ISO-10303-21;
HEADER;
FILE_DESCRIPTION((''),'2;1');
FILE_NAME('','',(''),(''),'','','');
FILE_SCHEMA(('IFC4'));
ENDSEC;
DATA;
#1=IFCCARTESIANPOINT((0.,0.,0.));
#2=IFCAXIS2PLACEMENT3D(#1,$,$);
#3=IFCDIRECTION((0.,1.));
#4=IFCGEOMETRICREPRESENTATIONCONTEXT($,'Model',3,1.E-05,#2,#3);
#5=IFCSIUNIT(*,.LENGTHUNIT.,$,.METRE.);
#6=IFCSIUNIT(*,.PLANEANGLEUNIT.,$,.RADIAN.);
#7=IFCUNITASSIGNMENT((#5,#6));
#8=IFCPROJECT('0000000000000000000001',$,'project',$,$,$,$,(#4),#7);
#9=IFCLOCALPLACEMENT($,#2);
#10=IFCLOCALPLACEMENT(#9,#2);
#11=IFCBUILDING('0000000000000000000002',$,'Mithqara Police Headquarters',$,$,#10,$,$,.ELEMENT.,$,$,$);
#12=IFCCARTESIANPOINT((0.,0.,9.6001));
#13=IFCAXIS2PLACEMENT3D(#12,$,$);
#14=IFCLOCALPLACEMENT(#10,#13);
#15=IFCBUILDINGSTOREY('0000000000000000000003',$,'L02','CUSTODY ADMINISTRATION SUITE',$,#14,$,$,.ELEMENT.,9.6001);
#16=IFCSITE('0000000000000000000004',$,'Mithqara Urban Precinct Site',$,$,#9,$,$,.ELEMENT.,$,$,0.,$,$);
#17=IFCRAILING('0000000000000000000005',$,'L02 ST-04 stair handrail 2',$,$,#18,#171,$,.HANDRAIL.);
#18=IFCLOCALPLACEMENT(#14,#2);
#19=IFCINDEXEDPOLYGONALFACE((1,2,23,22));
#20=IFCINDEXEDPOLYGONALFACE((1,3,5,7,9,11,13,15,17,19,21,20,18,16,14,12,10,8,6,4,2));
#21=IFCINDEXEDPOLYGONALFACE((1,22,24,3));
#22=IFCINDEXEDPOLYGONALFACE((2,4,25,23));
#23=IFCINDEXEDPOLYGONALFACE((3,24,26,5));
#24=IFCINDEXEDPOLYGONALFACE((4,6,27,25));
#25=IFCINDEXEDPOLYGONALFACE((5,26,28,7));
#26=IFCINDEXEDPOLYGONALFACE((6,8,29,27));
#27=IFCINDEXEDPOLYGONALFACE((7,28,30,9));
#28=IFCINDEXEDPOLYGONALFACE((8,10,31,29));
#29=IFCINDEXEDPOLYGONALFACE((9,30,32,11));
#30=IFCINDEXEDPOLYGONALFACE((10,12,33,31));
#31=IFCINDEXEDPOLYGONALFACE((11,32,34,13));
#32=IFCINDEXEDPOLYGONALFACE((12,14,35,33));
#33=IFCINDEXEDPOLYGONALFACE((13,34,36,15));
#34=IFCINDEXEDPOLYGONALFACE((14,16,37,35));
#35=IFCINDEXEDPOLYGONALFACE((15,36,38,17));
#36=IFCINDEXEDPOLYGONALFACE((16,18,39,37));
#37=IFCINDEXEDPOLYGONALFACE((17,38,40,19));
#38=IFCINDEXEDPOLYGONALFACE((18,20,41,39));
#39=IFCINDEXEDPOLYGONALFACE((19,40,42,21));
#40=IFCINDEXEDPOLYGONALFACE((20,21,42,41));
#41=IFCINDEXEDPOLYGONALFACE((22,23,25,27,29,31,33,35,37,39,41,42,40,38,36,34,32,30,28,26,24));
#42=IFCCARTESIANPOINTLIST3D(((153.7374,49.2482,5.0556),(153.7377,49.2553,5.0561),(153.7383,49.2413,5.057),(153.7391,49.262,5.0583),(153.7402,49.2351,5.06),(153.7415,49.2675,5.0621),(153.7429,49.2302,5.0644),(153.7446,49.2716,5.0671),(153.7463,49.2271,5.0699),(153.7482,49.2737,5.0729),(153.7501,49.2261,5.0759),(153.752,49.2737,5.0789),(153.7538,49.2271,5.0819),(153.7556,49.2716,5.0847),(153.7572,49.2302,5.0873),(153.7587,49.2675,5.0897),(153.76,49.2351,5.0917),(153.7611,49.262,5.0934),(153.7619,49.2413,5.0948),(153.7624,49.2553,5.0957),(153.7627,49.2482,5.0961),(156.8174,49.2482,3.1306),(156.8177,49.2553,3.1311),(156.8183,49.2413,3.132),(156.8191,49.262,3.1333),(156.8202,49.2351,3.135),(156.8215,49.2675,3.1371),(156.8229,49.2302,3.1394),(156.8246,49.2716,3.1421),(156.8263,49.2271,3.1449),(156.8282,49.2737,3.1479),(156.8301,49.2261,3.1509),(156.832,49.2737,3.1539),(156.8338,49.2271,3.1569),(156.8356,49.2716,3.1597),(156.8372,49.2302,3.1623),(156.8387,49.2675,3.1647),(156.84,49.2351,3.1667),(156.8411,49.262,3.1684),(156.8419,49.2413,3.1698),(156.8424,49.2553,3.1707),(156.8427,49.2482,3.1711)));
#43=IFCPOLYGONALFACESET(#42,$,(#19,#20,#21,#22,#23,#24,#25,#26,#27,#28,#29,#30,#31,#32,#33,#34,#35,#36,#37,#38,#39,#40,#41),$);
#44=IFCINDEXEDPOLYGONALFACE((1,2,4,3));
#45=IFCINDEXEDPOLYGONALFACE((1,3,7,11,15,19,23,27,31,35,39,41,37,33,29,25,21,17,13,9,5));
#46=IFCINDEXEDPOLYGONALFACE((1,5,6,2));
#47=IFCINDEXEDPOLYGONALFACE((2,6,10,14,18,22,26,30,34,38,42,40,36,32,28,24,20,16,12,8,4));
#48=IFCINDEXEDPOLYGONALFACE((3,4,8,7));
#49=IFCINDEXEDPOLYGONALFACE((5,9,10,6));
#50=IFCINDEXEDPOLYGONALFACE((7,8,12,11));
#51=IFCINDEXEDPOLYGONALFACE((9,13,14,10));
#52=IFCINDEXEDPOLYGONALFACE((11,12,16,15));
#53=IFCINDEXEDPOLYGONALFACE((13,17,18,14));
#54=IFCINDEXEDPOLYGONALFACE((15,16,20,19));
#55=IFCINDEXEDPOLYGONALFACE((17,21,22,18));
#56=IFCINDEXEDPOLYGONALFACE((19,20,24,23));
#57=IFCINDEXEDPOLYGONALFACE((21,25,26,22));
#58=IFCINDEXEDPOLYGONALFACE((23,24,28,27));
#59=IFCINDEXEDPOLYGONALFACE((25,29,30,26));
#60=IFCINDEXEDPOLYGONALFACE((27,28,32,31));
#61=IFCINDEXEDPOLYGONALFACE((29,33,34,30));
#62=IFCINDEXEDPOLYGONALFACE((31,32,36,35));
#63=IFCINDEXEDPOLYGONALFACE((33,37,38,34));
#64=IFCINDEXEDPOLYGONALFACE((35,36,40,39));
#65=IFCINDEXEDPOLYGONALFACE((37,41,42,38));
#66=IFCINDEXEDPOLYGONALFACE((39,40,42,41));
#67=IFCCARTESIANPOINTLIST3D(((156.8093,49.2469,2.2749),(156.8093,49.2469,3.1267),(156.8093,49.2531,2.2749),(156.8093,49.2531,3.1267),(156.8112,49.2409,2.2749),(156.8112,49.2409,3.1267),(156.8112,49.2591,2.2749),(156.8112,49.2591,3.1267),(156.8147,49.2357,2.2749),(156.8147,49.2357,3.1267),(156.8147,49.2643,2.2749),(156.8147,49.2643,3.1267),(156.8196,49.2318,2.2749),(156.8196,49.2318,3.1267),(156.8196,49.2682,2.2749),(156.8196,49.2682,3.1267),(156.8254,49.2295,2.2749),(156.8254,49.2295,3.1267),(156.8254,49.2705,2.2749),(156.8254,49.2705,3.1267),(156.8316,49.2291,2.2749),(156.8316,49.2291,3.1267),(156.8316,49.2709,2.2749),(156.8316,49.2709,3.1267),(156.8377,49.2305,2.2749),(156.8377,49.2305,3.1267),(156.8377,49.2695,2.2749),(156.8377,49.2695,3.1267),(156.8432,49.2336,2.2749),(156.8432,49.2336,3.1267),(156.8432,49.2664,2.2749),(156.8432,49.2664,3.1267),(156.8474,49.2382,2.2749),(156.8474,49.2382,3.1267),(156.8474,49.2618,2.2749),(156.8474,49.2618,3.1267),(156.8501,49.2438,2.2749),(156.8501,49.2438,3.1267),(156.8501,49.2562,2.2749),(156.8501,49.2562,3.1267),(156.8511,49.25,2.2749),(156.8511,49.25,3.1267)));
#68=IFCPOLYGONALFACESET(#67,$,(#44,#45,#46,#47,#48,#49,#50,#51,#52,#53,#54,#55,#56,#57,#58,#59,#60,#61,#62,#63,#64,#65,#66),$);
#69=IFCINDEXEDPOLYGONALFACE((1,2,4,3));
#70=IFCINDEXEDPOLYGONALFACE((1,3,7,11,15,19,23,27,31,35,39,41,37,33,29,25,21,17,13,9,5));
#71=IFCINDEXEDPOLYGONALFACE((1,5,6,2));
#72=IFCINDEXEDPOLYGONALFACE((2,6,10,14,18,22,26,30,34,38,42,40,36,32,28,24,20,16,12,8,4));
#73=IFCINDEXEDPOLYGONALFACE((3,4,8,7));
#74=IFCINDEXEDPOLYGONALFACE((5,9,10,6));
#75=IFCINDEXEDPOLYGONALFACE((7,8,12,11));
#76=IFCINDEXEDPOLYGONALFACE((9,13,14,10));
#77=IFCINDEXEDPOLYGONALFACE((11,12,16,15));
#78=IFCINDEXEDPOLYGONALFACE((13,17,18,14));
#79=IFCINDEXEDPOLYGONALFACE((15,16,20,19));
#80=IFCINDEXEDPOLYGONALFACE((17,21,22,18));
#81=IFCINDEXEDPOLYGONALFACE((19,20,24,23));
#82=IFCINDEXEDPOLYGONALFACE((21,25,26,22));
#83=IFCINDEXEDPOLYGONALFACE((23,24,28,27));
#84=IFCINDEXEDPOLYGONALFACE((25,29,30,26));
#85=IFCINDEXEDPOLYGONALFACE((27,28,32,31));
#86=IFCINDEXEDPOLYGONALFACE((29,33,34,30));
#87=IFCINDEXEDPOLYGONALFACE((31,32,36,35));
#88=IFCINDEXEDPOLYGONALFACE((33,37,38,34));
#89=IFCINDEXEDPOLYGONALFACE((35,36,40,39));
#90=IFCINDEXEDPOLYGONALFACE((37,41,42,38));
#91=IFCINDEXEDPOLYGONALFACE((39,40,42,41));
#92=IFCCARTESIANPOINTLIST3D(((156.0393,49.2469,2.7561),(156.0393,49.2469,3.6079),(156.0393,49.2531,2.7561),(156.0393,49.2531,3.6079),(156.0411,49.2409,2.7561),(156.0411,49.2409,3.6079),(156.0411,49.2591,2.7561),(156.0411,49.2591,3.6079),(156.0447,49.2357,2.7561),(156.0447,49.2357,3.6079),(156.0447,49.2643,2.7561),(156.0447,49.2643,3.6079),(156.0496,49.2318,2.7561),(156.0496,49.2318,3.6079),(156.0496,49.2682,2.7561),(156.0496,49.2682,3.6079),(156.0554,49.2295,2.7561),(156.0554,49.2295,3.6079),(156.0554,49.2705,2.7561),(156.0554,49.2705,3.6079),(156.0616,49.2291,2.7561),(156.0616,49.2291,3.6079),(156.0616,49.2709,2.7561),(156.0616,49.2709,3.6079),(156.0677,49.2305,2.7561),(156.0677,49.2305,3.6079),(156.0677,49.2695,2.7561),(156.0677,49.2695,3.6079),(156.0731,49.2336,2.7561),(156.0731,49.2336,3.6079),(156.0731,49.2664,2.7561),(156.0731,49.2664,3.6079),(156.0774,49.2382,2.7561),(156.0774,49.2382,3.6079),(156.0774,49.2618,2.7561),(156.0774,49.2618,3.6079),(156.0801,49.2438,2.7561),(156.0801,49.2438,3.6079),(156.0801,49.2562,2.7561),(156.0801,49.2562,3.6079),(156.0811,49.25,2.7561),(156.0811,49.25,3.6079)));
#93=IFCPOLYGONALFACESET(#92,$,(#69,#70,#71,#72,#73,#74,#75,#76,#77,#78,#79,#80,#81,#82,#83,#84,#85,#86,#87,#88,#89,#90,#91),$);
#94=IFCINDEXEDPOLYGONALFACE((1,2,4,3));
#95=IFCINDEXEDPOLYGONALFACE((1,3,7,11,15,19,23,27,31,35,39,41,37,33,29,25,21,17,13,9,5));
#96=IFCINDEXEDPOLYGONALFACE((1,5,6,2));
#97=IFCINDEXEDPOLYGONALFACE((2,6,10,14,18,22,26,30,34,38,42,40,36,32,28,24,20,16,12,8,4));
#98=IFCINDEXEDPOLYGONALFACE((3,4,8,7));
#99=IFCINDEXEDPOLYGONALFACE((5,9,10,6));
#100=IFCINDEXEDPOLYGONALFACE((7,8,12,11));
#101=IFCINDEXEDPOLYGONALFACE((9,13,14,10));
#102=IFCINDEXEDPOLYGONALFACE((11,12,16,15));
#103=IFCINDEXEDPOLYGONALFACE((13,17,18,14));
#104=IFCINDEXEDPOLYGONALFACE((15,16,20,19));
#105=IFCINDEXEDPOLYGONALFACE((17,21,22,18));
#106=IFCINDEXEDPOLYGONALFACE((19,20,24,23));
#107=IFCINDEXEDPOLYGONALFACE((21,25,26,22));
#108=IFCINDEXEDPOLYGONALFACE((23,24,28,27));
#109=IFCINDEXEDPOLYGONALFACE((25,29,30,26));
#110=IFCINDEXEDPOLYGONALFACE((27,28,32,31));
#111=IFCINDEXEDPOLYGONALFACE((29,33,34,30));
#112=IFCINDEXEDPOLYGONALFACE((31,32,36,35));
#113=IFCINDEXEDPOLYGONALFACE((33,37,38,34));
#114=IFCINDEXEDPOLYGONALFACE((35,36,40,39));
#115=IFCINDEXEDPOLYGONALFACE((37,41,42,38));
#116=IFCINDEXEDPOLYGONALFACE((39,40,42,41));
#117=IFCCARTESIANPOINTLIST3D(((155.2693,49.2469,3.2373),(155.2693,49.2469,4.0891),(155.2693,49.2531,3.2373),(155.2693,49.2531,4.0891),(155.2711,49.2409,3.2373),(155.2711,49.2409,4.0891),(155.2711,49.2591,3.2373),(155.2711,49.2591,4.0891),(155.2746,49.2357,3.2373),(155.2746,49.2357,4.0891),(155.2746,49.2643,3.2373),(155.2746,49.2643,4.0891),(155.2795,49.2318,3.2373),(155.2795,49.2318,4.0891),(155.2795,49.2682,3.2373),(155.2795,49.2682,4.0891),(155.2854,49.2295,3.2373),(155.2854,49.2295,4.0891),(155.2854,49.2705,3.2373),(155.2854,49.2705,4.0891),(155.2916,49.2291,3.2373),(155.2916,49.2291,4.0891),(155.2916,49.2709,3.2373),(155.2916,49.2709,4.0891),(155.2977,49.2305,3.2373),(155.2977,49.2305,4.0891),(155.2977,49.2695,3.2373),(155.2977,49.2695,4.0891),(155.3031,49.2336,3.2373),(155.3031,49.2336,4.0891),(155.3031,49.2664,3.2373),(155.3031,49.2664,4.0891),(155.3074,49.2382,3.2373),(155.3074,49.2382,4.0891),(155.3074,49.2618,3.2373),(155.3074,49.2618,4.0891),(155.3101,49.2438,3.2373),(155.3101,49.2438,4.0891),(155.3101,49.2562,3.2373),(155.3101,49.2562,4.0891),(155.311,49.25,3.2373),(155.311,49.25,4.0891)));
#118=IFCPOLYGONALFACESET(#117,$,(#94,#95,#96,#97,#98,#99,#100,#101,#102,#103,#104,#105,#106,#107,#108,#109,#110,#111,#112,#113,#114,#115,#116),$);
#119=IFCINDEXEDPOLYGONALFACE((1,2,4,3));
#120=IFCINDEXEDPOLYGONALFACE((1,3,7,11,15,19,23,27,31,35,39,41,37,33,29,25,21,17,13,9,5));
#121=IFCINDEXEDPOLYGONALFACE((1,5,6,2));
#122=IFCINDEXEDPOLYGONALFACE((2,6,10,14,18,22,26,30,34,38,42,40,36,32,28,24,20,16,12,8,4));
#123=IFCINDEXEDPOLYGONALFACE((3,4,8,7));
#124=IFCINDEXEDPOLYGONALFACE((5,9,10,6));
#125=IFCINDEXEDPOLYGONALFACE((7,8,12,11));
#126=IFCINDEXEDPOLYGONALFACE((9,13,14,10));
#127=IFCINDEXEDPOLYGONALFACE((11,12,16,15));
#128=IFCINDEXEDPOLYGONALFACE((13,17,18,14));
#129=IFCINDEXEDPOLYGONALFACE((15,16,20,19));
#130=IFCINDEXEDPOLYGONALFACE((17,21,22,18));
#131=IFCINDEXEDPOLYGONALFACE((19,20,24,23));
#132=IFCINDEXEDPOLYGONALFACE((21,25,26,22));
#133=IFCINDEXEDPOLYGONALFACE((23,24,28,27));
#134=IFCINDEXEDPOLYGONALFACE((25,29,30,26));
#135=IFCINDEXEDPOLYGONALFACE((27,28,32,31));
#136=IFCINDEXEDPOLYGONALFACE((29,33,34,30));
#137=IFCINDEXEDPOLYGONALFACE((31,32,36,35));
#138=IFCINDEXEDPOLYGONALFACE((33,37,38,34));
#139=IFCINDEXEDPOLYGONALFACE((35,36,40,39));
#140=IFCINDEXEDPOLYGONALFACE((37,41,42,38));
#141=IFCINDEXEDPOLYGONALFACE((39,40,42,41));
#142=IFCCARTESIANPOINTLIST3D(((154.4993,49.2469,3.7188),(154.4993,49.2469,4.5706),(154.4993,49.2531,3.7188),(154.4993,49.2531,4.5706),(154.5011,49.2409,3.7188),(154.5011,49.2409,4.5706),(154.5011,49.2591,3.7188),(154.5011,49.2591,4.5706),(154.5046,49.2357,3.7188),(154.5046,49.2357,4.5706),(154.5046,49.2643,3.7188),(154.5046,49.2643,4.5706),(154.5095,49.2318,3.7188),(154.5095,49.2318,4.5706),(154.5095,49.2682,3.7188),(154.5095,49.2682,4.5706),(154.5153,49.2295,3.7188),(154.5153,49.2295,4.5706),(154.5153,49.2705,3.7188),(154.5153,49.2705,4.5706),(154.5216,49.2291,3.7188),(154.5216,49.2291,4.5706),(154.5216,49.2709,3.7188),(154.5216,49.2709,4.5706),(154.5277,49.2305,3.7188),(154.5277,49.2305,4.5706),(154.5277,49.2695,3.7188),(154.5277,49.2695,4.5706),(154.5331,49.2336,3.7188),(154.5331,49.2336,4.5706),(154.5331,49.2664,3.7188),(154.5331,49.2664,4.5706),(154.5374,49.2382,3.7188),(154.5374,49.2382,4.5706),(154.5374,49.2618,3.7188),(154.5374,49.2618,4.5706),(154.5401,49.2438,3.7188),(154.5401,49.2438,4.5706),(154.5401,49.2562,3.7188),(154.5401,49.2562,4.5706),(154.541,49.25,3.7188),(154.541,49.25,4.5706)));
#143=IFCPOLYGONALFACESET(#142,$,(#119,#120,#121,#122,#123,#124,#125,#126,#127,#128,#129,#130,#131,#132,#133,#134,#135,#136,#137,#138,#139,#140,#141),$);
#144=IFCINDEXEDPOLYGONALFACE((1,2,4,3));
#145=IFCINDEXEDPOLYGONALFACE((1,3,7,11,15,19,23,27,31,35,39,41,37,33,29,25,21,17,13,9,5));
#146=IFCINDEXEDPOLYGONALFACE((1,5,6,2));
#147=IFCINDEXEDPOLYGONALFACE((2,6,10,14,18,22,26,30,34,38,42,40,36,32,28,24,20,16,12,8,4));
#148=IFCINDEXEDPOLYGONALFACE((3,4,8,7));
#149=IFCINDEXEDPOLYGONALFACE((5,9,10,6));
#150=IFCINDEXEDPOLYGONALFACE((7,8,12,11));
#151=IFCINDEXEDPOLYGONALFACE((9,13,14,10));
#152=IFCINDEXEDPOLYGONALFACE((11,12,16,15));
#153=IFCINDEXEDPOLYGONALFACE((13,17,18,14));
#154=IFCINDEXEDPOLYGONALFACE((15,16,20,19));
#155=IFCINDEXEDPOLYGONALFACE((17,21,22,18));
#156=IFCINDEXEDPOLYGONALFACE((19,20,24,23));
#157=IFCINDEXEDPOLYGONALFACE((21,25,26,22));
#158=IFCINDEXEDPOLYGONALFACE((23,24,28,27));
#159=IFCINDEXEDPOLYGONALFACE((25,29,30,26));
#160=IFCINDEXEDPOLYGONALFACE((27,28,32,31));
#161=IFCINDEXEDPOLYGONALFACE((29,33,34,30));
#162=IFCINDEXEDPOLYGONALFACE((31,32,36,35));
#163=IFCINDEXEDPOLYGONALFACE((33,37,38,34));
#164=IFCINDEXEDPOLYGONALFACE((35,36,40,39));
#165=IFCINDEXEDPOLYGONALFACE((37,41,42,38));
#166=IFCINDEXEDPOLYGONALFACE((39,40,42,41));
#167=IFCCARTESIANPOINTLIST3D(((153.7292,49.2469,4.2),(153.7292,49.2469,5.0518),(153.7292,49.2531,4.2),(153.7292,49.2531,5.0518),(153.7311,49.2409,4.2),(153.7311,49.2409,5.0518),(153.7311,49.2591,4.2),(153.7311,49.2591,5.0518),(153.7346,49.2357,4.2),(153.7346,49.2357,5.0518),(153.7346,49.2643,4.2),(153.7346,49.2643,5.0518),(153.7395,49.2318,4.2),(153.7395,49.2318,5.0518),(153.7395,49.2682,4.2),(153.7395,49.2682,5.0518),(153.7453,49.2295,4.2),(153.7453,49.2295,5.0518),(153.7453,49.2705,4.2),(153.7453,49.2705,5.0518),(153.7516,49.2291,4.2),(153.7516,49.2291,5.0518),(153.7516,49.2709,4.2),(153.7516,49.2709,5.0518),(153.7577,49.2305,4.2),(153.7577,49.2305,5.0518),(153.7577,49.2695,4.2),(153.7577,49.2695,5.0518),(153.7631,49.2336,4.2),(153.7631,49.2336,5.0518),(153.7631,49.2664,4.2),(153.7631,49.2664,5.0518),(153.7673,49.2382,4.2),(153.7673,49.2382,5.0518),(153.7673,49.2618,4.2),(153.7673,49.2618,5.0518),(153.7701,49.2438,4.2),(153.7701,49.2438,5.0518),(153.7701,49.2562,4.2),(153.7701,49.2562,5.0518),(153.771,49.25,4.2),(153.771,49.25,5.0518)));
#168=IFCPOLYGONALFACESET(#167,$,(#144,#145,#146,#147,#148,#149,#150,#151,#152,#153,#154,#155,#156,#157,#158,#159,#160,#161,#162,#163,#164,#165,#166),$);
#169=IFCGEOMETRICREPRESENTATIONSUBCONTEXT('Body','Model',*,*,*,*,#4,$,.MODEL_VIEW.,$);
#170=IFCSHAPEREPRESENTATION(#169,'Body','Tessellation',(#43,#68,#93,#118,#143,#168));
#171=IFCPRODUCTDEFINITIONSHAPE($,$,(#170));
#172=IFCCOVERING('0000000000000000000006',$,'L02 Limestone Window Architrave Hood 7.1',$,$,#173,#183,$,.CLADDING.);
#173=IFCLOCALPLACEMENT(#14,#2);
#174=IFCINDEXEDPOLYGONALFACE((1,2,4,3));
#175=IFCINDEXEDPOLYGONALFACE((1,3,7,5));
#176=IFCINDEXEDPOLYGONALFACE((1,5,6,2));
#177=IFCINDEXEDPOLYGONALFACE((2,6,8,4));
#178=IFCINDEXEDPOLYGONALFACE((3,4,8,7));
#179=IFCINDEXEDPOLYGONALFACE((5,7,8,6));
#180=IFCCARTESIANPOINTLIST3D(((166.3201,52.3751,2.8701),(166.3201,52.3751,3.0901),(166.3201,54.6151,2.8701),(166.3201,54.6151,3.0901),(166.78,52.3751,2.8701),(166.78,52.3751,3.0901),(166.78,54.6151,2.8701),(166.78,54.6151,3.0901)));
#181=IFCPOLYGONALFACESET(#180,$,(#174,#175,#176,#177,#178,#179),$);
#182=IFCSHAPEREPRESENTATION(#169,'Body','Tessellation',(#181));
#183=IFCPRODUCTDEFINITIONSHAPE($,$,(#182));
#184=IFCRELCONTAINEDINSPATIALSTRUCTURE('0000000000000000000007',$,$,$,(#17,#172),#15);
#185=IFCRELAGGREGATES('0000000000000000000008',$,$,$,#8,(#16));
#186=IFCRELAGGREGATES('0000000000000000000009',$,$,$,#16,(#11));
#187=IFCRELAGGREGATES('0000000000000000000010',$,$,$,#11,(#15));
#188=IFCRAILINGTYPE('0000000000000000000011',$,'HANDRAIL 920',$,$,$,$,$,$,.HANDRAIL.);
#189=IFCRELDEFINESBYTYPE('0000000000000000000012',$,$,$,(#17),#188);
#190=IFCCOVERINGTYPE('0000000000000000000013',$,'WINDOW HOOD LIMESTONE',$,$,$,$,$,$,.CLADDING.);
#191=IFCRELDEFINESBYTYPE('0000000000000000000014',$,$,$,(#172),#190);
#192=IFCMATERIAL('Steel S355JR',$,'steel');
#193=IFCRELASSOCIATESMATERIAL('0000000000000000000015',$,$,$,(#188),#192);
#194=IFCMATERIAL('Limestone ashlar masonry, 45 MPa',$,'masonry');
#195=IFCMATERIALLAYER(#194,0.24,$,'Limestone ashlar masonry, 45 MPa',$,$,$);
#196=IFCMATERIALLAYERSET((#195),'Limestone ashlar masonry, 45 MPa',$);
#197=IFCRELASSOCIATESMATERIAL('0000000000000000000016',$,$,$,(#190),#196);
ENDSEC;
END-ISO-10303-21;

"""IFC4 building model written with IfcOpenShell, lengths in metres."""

from ifc_helpers import new_model, si_unit, direction, frame, origin, origin_2d, place, context, subcontext, project, spatial, rectangle, circle, extrude, material, layer, layer_set, type_object, element, save


model = new_model("IFC4")

# Units and contexts
model_context = context("Model", 3, precision=1e-05, world=origin(), true_north=direction((0.0, 1.0)))
body_context = subcontext(model_context, "Body", "Model", "MODEL_VIEW")
ifc_project = project(units=[si_unit("LENGTHUNIT", "METRE"), si_unit("PLANEANGLEUNIT", "RADIAN")], contexts=[model_context])

# Site, building, storey
site_placement = place(None, origin())
site = spatial("IfcSite", under=ifc_project, at=site_placement, Name="Mithqara Urban Precinct Site", CompositionType="ELEMENT", RefElevation=0.0)
building_placement = place(site_placement, origin())
building = spatial("IfcBuilding", under=site, at=building_placement, Name="Mithqara Police Headquarters", CompositionType="ELEMENT")
storey_placement = place(building_placement, frame((0.0, 0.0, 9.6001)))
storey = spatial("IfcBuildingStorey", under=building, at=storey_placement, Name="L02", Description="CUSTODY ADMINISTRATION SUITE", CompositionType="ELEMENT", Elevation=9.6001)

# Shared definitions
ifc_material_1 = material(Name="Steel S355JR", Category="steel")

# Shared definitions
ifc_material_2 = material(Name="Limestone ashlar masonry, 45 MPa", Category="masonry")

# Railing
railing_type = type_object("IfcRailingType", Name="HANDRAIL 920", PredefinedType="HANDRAIL", material=ifc_material_1)
railing_placement = place(storey_placement, frame((156.8301, 49.25, 2.2749)))
element("IfcRailing", 1, at=railing_placement, inside=storey, type_object=railing_type, Name="L02 ST-04 stair handrail 2", PredefinedType="HANDRAIL", context=body_context, shape_type="SweptSolid", body=[
    extrude(circle(Radius=0.0239, at=origin_2d()), frame((0.0, 0.0, 0.876), z_axis=(-0.847998, 0.0, 0.529999), x_axis=(0.0, -1.0, 0.0)), (0.0, 0.0, 1.0), 3.6321),
    extrude(circle(Radius=0.021, at=origin_2d()), origin(), (0.0, 0.0, 1.0), 0.8518),
    extrude(circle(Radius=0.021, at=origin_2d()), frame((-0.77, 0.0, 0.4812)), (0.0, 0.0, 1.0), 0.8518),
    extrude(circle(Radius=0.021, at=origin_2d()), frame((-1.54, 0.0, 0.9624)), (0.0, 0.0, 1.0), 0.8518),
    extrude(circle(Radius=0.021, at=origin_2d()), frame((-2.3101, 0.0, 1.4438)), (0.0, 0.0, 1.0), 0.8518),
    extrude(circle(Radius=0.021, at=origin_2d()), frame((-3.0801, 0.0, 1.925)), (0.0, 0.0, 1.0), 0.8518),
])

# Covering
ifc_layer_1 = layer(ifc_material_2, 0.24, Name="Limestone ashlar masonry, 45 MPa")
ifc_layer_set_1 = layer_set([ifc_layer_1], Name="Limestone ashlar masonry, 45 MPa")
covering_type_1 = type_object("IfcCoveringType", Name="WINDOW HOOD LIMESTONE", PredefinedType="CLADDING", material=ifc_layer_set_1)
covering_1_placement = place(storey_placement, frame((166.55, 53.4951, 2.8701), z_axis=(0.0, 0.0, 1.0), x_axis=(0.0, 1.0, 0.0)))
element("IfcCovering", 2, at=covering_1_placement, inside=storey, type_object=covering_type_1, Name="L02 Limestone Window Architrave Hood 7.1", PredefinedType="CLADDING", context=body_context, shape_type="SweptSolid", body=[
    extrude(rectangle(XDim=2.24, YDim=0.46, at=origin_2d()), origin(), (0.0, 0.0, 1.0), 0.22),
])

save(model, "model.ifc")
